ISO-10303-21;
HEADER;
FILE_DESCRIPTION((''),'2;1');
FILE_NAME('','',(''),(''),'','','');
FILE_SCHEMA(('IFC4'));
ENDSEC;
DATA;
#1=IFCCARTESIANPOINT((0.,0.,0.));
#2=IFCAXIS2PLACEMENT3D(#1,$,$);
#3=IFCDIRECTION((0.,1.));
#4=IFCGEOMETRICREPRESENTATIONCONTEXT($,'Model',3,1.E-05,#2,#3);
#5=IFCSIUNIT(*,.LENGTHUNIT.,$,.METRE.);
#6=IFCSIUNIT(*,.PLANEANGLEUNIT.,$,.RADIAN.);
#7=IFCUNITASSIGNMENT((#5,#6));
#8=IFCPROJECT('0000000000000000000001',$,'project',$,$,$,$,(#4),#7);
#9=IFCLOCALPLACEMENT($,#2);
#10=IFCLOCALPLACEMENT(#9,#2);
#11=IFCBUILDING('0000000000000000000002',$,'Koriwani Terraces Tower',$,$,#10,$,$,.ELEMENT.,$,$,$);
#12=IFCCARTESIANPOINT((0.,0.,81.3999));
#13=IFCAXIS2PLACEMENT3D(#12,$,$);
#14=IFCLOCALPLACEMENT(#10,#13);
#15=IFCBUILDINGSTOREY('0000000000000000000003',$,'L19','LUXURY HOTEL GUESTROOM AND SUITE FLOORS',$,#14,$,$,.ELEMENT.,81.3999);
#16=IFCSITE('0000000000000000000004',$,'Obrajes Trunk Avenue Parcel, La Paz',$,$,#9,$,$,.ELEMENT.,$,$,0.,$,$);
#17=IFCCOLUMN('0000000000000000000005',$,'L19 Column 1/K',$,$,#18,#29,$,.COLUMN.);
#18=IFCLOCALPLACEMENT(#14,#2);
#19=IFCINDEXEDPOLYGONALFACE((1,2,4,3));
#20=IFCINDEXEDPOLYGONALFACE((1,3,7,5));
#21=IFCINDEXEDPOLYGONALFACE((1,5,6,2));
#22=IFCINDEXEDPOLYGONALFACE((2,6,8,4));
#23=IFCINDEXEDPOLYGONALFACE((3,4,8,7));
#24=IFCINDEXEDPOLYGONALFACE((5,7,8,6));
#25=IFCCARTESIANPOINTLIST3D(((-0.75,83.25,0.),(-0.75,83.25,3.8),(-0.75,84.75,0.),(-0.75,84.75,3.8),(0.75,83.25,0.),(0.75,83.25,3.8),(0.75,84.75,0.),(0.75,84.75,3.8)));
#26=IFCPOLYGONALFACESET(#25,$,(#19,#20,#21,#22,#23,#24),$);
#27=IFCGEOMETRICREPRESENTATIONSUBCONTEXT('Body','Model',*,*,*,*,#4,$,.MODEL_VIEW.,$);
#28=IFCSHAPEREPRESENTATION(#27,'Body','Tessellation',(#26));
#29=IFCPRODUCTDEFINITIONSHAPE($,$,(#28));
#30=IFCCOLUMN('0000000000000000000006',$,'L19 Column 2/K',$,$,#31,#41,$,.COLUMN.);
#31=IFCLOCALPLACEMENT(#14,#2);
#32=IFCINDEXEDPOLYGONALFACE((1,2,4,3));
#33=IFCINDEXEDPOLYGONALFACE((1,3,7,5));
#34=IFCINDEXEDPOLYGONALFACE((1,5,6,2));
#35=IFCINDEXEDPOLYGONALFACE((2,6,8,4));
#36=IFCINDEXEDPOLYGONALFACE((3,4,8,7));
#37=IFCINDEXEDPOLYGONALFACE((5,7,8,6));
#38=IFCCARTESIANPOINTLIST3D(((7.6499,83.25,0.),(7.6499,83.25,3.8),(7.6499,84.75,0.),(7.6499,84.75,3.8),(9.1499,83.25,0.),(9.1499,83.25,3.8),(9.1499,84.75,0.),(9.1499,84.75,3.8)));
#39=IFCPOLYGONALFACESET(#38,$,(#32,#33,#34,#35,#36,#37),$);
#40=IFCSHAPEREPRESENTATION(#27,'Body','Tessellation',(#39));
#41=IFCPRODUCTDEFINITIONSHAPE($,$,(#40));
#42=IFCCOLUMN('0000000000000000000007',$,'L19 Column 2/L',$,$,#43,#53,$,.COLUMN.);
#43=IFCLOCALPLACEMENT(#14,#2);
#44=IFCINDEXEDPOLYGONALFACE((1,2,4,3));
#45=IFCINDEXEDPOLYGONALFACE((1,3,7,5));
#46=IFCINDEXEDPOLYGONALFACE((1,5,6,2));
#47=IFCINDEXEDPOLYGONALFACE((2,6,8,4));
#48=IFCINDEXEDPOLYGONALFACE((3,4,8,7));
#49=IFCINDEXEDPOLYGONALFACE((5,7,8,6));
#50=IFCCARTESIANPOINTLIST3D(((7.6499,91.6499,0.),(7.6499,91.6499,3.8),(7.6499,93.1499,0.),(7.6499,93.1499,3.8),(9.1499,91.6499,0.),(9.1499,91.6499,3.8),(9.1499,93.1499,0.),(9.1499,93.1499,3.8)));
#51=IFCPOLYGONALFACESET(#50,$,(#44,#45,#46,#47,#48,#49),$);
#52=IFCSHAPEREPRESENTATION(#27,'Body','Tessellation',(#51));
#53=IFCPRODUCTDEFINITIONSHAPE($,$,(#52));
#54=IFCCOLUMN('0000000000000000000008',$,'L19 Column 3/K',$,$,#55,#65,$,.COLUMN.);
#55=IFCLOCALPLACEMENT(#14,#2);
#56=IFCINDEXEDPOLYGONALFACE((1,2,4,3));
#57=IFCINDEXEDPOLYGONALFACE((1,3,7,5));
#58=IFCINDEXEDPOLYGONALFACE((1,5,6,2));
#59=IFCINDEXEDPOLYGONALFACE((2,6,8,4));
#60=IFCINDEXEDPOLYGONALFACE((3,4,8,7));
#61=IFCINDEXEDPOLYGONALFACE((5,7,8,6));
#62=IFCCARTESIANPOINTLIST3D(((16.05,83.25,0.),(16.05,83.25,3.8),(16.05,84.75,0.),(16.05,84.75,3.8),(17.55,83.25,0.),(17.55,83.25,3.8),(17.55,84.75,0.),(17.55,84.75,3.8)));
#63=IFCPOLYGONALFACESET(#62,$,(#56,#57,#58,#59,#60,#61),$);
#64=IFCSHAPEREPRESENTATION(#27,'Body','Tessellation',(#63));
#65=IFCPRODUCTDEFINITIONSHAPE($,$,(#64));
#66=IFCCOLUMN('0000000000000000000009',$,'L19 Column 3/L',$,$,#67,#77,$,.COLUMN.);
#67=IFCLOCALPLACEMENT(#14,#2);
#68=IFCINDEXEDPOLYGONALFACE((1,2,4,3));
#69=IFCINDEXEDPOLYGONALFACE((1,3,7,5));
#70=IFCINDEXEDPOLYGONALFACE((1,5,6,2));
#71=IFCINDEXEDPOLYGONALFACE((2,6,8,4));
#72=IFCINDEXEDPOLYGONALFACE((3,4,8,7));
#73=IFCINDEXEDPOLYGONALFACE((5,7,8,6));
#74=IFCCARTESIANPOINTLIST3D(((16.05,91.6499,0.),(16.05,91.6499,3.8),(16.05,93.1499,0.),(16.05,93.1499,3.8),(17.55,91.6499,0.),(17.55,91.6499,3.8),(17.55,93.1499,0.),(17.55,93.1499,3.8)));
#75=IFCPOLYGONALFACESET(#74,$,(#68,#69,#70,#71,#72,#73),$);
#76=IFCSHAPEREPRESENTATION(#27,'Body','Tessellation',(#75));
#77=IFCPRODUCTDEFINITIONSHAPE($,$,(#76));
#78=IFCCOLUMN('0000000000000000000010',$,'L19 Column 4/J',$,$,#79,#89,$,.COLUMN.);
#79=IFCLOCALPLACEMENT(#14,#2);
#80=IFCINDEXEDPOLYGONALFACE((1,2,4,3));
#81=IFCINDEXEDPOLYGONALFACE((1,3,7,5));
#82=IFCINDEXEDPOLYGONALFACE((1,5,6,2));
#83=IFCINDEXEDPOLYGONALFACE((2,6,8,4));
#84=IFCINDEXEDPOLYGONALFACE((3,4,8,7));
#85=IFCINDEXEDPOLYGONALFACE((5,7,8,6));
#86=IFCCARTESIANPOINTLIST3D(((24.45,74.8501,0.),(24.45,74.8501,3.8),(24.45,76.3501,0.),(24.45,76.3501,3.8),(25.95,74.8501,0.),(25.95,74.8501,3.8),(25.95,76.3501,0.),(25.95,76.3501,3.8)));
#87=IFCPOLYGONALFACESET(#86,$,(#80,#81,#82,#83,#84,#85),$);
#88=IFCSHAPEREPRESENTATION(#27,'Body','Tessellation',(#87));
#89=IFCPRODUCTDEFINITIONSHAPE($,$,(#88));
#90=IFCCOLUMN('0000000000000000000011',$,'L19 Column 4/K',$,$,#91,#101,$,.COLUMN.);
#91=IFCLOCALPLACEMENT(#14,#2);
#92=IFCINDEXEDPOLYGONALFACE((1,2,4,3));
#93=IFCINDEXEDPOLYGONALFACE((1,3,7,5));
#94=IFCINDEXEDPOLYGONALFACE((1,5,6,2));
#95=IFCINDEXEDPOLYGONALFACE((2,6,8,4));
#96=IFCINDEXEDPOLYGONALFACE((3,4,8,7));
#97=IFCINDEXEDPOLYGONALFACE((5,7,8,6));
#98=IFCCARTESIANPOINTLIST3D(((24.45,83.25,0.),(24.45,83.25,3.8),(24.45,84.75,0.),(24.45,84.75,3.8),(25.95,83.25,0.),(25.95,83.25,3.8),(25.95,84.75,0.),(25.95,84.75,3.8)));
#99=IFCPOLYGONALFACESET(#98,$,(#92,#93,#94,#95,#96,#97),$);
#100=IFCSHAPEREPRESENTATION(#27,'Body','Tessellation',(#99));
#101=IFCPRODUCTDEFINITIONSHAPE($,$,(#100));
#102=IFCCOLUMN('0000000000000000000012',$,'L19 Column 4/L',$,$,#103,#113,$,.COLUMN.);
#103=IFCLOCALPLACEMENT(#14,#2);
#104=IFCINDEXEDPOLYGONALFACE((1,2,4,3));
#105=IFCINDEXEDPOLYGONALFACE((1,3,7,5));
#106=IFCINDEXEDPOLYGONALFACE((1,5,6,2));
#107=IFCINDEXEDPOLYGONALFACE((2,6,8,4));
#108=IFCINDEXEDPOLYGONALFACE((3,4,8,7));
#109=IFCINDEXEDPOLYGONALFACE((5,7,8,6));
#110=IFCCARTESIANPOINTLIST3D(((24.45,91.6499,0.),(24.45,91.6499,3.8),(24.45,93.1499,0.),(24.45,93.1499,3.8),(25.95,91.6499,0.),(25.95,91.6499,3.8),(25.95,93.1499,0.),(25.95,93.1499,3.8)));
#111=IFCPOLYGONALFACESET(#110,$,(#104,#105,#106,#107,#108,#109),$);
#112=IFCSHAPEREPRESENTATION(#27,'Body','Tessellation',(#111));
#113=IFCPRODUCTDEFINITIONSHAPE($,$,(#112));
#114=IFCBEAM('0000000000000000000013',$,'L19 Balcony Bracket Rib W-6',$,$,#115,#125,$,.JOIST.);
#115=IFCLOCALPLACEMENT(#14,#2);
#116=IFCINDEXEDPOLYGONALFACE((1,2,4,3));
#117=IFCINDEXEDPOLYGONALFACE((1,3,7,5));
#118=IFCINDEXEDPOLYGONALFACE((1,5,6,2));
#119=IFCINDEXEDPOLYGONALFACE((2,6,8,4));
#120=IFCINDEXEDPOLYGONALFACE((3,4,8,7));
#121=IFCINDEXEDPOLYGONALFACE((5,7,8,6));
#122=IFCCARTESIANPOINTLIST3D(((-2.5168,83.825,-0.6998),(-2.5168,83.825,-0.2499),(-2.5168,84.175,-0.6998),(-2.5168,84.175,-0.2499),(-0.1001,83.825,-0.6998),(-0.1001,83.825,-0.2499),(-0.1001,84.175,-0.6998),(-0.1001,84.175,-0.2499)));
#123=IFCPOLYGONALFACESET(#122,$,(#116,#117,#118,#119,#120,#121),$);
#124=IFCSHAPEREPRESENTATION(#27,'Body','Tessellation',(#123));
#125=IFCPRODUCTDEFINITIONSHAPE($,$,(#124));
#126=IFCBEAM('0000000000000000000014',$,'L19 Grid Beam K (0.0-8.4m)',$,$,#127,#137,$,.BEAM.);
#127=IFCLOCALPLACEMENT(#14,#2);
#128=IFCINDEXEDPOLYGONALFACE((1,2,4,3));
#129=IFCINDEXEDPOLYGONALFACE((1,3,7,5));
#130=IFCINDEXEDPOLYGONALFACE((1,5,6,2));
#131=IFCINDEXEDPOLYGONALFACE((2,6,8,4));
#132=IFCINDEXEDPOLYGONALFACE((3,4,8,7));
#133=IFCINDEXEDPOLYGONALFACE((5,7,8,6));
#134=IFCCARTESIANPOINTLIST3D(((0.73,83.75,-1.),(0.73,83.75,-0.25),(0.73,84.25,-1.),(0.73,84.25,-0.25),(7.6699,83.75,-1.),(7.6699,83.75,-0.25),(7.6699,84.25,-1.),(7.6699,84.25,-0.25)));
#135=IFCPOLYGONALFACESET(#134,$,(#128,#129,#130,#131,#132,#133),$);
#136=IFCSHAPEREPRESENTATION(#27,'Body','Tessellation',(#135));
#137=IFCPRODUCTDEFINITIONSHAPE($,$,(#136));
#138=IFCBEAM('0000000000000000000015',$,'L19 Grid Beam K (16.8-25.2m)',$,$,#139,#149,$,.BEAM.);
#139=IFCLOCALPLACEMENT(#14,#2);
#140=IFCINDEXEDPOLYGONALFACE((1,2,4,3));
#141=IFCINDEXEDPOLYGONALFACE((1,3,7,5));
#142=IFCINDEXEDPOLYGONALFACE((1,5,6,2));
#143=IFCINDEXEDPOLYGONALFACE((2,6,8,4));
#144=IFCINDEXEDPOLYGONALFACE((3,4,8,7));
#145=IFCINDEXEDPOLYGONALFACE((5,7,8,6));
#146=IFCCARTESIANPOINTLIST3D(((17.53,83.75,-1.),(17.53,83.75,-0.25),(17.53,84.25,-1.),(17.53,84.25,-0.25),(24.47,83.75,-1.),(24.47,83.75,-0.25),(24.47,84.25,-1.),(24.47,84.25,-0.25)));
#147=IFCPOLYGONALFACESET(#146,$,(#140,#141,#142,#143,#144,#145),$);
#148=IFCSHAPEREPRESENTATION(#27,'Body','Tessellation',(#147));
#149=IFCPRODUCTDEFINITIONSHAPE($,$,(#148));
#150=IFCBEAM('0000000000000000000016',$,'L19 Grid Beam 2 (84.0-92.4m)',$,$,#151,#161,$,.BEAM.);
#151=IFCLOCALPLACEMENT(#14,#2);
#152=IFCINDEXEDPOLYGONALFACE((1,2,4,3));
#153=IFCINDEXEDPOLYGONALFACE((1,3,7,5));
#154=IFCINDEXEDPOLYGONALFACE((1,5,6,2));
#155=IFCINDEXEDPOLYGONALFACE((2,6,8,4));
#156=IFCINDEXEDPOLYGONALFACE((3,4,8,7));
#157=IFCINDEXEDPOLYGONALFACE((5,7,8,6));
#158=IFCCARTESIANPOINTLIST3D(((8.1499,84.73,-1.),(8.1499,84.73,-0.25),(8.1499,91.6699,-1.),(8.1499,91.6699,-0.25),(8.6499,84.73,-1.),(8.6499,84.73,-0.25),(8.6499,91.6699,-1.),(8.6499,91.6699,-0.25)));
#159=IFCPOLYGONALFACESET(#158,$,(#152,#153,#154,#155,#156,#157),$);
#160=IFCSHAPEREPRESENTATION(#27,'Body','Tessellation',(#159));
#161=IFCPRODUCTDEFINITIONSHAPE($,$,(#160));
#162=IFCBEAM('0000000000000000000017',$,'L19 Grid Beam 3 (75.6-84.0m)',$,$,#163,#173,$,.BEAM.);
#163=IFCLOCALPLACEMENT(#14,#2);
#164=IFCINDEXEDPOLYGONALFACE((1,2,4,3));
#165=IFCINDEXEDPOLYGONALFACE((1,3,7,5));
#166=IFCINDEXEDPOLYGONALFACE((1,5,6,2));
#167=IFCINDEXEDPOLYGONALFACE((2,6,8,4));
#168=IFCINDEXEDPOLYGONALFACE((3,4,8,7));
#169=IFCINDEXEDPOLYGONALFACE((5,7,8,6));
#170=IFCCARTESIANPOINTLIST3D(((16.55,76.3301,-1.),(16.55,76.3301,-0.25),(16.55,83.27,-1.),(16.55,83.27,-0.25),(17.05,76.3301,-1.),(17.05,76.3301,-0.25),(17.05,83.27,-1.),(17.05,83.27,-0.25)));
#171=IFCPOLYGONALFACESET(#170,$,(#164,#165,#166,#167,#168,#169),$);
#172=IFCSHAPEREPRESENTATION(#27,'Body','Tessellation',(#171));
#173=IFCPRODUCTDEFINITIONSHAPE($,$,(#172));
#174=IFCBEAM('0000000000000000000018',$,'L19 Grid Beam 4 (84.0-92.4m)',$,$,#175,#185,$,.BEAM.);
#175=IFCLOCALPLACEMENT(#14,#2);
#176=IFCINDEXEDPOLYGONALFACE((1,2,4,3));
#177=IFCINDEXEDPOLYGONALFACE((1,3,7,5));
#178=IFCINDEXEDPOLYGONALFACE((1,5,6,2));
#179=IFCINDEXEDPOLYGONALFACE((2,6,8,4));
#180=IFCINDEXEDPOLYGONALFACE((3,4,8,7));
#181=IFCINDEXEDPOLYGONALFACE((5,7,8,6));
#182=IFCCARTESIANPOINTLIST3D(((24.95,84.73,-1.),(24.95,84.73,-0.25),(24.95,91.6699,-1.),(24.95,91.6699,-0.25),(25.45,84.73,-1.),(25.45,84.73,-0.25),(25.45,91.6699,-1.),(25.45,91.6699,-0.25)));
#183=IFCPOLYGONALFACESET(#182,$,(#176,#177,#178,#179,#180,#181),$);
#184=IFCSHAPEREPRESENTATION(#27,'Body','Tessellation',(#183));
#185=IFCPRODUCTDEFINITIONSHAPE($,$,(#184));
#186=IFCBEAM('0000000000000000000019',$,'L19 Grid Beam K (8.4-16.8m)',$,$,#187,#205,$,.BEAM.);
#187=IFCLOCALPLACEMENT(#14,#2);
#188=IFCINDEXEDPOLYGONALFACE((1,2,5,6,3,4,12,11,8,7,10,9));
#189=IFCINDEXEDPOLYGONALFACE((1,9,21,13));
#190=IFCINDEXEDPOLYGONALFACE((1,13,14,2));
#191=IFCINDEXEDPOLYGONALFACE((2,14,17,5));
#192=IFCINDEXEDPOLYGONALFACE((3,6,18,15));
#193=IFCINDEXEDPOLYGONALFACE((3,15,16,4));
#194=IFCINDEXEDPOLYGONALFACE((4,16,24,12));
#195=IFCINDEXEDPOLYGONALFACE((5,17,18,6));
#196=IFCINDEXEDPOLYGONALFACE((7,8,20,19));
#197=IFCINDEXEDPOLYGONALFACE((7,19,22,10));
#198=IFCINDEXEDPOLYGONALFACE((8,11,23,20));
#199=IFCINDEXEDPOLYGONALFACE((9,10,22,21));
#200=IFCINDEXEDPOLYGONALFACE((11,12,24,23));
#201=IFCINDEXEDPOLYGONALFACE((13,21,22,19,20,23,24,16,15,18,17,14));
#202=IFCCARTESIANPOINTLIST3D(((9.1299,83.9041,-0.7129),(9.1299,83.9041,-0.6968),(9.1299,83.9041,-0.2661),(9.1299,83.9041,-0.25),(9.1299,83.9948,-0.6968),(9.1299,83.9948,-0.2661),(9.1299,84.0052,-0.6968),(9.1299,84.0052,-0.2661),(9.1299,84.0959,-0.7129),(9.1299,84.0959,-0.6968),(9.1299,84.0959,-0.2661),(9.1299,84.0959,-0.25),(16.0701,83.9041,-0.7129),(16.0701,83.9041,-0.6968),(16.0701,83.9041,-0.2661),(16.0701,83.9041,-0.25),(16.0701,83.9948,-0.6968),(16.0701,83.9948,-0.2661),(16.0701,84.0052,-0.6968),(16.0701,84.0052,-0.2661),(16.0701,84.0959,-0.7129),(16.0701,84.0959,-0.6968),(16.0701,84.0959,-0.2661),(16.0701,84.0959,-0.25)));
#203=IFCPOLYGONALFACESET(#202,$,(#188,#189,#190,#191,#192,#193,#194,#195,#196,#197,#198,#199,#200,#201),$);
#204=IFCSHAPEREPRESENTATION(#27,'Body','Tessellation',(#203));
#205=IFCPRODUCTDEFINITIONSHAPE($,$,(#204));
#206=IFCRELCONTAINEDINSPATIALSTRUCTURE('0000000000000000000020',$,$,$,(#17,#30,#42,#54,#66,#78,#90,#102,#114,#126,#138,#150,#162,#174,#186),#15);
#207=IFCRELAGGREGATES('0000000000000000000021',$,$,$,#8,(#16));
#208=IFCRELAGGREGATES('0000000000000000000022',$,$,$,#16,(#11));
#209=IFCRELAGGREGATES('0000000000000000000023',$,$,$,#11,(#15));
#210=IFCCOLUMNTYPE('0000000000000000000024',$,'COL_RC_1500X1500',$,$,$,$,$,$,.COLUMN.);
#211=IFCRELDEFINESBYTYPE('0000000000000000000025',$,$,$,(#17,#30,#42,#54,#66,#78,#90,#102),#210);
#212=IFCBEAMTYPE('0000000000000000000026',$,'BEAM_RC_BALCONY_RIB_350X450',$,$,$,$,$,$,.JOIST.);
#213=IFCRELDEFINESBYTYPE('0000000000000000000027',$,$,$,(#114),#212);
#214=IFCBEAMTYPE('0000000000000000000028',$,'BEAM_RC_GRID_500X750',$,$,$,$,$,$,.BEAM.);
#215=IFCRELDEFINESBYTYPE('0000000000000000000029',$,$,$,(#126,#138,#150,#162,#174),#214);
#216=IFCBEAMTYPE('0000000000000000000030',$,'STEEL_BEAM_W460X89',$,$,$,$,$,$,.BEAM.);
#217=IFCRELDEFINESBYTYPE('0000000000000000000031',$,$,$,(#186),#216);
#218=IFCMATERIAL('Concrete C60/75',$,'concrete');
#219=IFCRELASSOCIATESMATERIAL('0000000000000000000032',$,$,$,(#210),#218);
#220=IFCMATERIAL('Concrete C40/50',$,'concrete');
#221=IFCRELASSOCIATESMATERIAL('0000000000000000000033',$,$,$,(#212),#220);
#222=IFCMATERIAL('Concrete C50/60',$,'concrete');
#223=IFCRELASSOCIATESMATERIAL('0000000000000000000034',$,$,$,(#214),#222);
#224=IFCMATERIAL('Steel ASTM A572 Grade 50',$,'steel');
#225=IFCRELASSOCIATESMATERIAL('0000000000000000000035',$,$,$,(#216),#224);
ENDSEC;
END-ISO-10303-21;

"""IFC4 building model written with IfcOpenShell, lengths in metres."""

from ifc_helpers import new_model, si_unit, direction, frame, origin, origin_2d, place, context, subcontext, project, spatial, rectangle, i_section, extrude, material, material_profile, profile_set, type_object, element, save


model = new_model("IFC4")

# Units and contexts
model_context = context("Model", 3, precision=1e-05, world=origin(), true_north=direction((0.0, 1.0)))
body_context = subcontext(model_context, "Body", "Model", "MODEL_VIEW")
ifc_project = project(units=[si_unit("LENGTHUNIT", "METRE"), si_unit("PLANEANGLEUNIT", "RADIAN")], contexts=[model_context])

# Site, building, storey
site_placement = place(None, origin())
site = spatial("IfcSite", under=ifc_project, at=site_placement, Name="Obrajes Trunk Avenue Parcel, La Paz", CompositionType="ELEMENT", RefElevation=0.0)
building_placement = place(site_placement, origin())
building = spatial("IfcBuilding", under=site, at=building_placement, Name="Koriwani Terraces Tower", CompositionType="ELEMENT")
storey_placement = place(building_placement, frame((0.0, 0.0, 81.3999)))
storey = spatial("IfcBuildingStorey", under=building, at=storey_placement, Name="L19", Description="LUXURY HOTEL GUESTROOM AND SUITE FLOORS", CompositionType="ELEMENT", Elevation=81.3999)

# Columns
ifc_material_1 = material(Name="Concrete C60/75", Category="concrete")
ifc_material_profile_1 = material_profile(ifc_material_1, rectangle(XDim=1.5, YDim=1.5, at=origin_2d()), Name="Concrete C60/75", Category="LoadBearing")
ifc_profile_set_1 = profile_set([ifc_material_profile_1], Name="Concrete C60/75")
column_type = type_object("IfcColumnType", Name="COL_RC_1500X1500", PredefinedType="COLUMN", material=ifc_profile_set_1)
for number, where, z_axis, x_axis, name in (
    (1, (0.0, 84.0, 0.0), (0.0, 0.0, 1.0), (1.0, 0.0, 0.0), "L19 Column 1/K"),
    (2, (8.3999, 84.0, 0.0), (0.0, 0.0, 1.0), (1.0, 0.0, 0.0), "L19 Column 2/K"),
    (3, (8.3999, 92.3999, 0.0), (0.0, 0.0, 1.0), (1.0, 0.0, 0.0), "L19 Column 2/L"),
    (4, (16.8, 84.0, 0.0), (0.0, 0.0, 1.0), (1.0, 0.0, 0.0), "L19 Column 3/K"),
    (5, (16.8, 92.3999, 0.0), (0.0, 0.0, 1.0), (1.0, 0.0, 0.0), "L19 Column 3/L"),
    (6, (25.2, 75.6001, 0.0), (0.0, 0.0, 1.0), (1.0, 0.0, 0.0), "L19 Column 4/J"),
    (7, (25.2, 84.0, 0.0), (0.0, 0.0, 1.0), (1.0, 0.0, 0.0), "L19 Column 4/K"),
    (8, (25.2, 92.3999, 0.0), (0.0, 0.0, 1.0), (1.0, 0.0, 0.0), "L19 Column 4/L"),
):
    element("IfcColumn", number, at=place(storey_placement, frame(where, z_axis=z_axis, x_axis=x_axis)), inside=storey, type_object=column_type, Name=name, PredefinedType="COLUMN", context=body_context, shape_type="SweptSolid", body=[
        extrude(rectangle(XDim=1.5, YDim=1.5, at=origin_2d()), origin(), (0.0, 0.0, 1.0), 3.8),
    ])

# Beams
ifc_material_2 = material(Name="Concrete C40/50", Category="concrete")
ifc_material_profile_2 = material_profile(ifc_material_2, rectangle(XDim=0.3501, YDim=0.45, at=origin_2d()), Name="Concrete C40/50", Category="LoadBearing")
ifc_profile_set_2 = profile_set([ifc_material_profile_2], Name="Concrete C40/50")
beam_type_1 = type_object("IfcBeamType", Name="BEAM_RC_BALCONY_RIB_350X450", PredefinedType="JOIST", material=ifc_profile_set_2)
beam_1_placement = place(storey_placement, frame((-2.5168, 84.0, -0.4749), z_axis=(1.0, 0.0, 0.0), x_axis=(0.0, 1.0, 0.0)))
element("IfcBeam", 9, at=beam_1_placement, inside=storey, type_object=beam_type_1, Name="L19 Balcony Bracket Rib W-6", PredefinedType="JOIST", context=body_context, shape_type="SweptSolid", body=[
    extrude(rectangle(XDim=0.3501, YDim=0.45, at=origin_2d()), origin(), (0.0, 0.0, 1.0), 2.4167),
])
ifc_material_3 = material(Name="Concrete C50/60", Category="concrete")
ifc_material_profile_3 = material_profile(ifc_material_3, rectangle(XDim=0.5, YDim=0.75, at=origin_2d()), Name="Concrete C50/60", Category="LoadBearing")
ifc_profile_set_3 = profile_set([ifc_material_profile_3], Name="Concrete C50/60")
beam_type_2 = type_object("IfcBeamType", Name="BEAM_RC_GRID_500X750", PredefinedType="BEAM", material=ifc_profile_set_3)
for number, where, z_axis, x_axis, name in (
    (10, (0.73, 84.0, -0.625), (1.0, 0.0, 0.0), (0.0, 1.0, 0.0), "L19 Grid Beam K (0.0-8.4m)"),
    (11, (17.53, 84.0, -0.625), (1.0, 0.0, 0.0), (0.0, 1.0, 0.0), "L19 Grid Beam K (16.8-25.2m)"),
    (12, (8.3999, 84.73, -0.625), (0.0, 1.0, 0.0), (-1.0, 0.0, 0.0), "L19 Grid Beam 2 (84.0-92.4m)"),
    (13, (16.8, 76.3301, -0.625), (0.0, 1.0, 0.0), (-1.0, 0.0, 0.0), "L19 Grid Beam 3 (75.6-84.0m)"),
    (14, (25.2, 84.73, -0.625), (0.0, 1.0, 0.0), (-1.0, 0.0, 0.0), "L19 Grid Beam 4 (84.0-92.4m)"),
):
    element("IfcBeam", number, at=place(storey_placement, frame(where, z_axis=z_axis, x_axis=x_axis)), inside=storey, type_object=beam_type_2, Name=name, PredefinedType="BEAM", context=body_context, shape_type="SweptSolid", body=[
        extrude(rectangle(XDim=0.5, YDim=0.75, at=origin_2d()), origin(), (0.0, 0.0, 1.0), 6.9399),
    ])
ifc_material_4 = material(Name="Steel ASTM A572 Grade 50", Category="steel")
ifc_material_profile_4 = material_profile(ifc_material_4, i_section(OverallWidth=0.1919, OverallDepth=0.4629, WebThickness=0.0105, FlangeThickness=0.0161, at=origin_2d()), Name="Steel ASTM A572 Grade 50", Category="LoadBearing")
ifc_profile_set_4 = profile_set([ifc_material_profile_4], Name="Steel ASTM A572 Grade 50")
beam_type_3 = type_object("IfcBeamType", Name="STEEL_BEAM_W460X89", PredefinedType="BEAM", material=ifc_profile_set_4)
beam_2_placement = place(storey_placement, frame((9.1299, 84.0, -0.4814), z_axis=(1.0, 0.0, 0.0), x_axis=(0.0, 1.0, 0.0)))
element("IfcBeam", 15, at=beam_2_placement, inside=storey, type_object=beam_type_3, Name="L19 Grid Beam K (8.4-16.8m)", PredefinedType="BEAM", context=body_context, shape_type="SweptSolid", body=[
    extrude(i_section(OverallWidth=0.1919, OverallDepth=0.4629, WebThickness=0.0105, FlangeThickness=0.0161, at=origin_2d()), origin(), (0.0, 0.0, 1.0), 6.9402),
])

save(model, "model.ifc")
